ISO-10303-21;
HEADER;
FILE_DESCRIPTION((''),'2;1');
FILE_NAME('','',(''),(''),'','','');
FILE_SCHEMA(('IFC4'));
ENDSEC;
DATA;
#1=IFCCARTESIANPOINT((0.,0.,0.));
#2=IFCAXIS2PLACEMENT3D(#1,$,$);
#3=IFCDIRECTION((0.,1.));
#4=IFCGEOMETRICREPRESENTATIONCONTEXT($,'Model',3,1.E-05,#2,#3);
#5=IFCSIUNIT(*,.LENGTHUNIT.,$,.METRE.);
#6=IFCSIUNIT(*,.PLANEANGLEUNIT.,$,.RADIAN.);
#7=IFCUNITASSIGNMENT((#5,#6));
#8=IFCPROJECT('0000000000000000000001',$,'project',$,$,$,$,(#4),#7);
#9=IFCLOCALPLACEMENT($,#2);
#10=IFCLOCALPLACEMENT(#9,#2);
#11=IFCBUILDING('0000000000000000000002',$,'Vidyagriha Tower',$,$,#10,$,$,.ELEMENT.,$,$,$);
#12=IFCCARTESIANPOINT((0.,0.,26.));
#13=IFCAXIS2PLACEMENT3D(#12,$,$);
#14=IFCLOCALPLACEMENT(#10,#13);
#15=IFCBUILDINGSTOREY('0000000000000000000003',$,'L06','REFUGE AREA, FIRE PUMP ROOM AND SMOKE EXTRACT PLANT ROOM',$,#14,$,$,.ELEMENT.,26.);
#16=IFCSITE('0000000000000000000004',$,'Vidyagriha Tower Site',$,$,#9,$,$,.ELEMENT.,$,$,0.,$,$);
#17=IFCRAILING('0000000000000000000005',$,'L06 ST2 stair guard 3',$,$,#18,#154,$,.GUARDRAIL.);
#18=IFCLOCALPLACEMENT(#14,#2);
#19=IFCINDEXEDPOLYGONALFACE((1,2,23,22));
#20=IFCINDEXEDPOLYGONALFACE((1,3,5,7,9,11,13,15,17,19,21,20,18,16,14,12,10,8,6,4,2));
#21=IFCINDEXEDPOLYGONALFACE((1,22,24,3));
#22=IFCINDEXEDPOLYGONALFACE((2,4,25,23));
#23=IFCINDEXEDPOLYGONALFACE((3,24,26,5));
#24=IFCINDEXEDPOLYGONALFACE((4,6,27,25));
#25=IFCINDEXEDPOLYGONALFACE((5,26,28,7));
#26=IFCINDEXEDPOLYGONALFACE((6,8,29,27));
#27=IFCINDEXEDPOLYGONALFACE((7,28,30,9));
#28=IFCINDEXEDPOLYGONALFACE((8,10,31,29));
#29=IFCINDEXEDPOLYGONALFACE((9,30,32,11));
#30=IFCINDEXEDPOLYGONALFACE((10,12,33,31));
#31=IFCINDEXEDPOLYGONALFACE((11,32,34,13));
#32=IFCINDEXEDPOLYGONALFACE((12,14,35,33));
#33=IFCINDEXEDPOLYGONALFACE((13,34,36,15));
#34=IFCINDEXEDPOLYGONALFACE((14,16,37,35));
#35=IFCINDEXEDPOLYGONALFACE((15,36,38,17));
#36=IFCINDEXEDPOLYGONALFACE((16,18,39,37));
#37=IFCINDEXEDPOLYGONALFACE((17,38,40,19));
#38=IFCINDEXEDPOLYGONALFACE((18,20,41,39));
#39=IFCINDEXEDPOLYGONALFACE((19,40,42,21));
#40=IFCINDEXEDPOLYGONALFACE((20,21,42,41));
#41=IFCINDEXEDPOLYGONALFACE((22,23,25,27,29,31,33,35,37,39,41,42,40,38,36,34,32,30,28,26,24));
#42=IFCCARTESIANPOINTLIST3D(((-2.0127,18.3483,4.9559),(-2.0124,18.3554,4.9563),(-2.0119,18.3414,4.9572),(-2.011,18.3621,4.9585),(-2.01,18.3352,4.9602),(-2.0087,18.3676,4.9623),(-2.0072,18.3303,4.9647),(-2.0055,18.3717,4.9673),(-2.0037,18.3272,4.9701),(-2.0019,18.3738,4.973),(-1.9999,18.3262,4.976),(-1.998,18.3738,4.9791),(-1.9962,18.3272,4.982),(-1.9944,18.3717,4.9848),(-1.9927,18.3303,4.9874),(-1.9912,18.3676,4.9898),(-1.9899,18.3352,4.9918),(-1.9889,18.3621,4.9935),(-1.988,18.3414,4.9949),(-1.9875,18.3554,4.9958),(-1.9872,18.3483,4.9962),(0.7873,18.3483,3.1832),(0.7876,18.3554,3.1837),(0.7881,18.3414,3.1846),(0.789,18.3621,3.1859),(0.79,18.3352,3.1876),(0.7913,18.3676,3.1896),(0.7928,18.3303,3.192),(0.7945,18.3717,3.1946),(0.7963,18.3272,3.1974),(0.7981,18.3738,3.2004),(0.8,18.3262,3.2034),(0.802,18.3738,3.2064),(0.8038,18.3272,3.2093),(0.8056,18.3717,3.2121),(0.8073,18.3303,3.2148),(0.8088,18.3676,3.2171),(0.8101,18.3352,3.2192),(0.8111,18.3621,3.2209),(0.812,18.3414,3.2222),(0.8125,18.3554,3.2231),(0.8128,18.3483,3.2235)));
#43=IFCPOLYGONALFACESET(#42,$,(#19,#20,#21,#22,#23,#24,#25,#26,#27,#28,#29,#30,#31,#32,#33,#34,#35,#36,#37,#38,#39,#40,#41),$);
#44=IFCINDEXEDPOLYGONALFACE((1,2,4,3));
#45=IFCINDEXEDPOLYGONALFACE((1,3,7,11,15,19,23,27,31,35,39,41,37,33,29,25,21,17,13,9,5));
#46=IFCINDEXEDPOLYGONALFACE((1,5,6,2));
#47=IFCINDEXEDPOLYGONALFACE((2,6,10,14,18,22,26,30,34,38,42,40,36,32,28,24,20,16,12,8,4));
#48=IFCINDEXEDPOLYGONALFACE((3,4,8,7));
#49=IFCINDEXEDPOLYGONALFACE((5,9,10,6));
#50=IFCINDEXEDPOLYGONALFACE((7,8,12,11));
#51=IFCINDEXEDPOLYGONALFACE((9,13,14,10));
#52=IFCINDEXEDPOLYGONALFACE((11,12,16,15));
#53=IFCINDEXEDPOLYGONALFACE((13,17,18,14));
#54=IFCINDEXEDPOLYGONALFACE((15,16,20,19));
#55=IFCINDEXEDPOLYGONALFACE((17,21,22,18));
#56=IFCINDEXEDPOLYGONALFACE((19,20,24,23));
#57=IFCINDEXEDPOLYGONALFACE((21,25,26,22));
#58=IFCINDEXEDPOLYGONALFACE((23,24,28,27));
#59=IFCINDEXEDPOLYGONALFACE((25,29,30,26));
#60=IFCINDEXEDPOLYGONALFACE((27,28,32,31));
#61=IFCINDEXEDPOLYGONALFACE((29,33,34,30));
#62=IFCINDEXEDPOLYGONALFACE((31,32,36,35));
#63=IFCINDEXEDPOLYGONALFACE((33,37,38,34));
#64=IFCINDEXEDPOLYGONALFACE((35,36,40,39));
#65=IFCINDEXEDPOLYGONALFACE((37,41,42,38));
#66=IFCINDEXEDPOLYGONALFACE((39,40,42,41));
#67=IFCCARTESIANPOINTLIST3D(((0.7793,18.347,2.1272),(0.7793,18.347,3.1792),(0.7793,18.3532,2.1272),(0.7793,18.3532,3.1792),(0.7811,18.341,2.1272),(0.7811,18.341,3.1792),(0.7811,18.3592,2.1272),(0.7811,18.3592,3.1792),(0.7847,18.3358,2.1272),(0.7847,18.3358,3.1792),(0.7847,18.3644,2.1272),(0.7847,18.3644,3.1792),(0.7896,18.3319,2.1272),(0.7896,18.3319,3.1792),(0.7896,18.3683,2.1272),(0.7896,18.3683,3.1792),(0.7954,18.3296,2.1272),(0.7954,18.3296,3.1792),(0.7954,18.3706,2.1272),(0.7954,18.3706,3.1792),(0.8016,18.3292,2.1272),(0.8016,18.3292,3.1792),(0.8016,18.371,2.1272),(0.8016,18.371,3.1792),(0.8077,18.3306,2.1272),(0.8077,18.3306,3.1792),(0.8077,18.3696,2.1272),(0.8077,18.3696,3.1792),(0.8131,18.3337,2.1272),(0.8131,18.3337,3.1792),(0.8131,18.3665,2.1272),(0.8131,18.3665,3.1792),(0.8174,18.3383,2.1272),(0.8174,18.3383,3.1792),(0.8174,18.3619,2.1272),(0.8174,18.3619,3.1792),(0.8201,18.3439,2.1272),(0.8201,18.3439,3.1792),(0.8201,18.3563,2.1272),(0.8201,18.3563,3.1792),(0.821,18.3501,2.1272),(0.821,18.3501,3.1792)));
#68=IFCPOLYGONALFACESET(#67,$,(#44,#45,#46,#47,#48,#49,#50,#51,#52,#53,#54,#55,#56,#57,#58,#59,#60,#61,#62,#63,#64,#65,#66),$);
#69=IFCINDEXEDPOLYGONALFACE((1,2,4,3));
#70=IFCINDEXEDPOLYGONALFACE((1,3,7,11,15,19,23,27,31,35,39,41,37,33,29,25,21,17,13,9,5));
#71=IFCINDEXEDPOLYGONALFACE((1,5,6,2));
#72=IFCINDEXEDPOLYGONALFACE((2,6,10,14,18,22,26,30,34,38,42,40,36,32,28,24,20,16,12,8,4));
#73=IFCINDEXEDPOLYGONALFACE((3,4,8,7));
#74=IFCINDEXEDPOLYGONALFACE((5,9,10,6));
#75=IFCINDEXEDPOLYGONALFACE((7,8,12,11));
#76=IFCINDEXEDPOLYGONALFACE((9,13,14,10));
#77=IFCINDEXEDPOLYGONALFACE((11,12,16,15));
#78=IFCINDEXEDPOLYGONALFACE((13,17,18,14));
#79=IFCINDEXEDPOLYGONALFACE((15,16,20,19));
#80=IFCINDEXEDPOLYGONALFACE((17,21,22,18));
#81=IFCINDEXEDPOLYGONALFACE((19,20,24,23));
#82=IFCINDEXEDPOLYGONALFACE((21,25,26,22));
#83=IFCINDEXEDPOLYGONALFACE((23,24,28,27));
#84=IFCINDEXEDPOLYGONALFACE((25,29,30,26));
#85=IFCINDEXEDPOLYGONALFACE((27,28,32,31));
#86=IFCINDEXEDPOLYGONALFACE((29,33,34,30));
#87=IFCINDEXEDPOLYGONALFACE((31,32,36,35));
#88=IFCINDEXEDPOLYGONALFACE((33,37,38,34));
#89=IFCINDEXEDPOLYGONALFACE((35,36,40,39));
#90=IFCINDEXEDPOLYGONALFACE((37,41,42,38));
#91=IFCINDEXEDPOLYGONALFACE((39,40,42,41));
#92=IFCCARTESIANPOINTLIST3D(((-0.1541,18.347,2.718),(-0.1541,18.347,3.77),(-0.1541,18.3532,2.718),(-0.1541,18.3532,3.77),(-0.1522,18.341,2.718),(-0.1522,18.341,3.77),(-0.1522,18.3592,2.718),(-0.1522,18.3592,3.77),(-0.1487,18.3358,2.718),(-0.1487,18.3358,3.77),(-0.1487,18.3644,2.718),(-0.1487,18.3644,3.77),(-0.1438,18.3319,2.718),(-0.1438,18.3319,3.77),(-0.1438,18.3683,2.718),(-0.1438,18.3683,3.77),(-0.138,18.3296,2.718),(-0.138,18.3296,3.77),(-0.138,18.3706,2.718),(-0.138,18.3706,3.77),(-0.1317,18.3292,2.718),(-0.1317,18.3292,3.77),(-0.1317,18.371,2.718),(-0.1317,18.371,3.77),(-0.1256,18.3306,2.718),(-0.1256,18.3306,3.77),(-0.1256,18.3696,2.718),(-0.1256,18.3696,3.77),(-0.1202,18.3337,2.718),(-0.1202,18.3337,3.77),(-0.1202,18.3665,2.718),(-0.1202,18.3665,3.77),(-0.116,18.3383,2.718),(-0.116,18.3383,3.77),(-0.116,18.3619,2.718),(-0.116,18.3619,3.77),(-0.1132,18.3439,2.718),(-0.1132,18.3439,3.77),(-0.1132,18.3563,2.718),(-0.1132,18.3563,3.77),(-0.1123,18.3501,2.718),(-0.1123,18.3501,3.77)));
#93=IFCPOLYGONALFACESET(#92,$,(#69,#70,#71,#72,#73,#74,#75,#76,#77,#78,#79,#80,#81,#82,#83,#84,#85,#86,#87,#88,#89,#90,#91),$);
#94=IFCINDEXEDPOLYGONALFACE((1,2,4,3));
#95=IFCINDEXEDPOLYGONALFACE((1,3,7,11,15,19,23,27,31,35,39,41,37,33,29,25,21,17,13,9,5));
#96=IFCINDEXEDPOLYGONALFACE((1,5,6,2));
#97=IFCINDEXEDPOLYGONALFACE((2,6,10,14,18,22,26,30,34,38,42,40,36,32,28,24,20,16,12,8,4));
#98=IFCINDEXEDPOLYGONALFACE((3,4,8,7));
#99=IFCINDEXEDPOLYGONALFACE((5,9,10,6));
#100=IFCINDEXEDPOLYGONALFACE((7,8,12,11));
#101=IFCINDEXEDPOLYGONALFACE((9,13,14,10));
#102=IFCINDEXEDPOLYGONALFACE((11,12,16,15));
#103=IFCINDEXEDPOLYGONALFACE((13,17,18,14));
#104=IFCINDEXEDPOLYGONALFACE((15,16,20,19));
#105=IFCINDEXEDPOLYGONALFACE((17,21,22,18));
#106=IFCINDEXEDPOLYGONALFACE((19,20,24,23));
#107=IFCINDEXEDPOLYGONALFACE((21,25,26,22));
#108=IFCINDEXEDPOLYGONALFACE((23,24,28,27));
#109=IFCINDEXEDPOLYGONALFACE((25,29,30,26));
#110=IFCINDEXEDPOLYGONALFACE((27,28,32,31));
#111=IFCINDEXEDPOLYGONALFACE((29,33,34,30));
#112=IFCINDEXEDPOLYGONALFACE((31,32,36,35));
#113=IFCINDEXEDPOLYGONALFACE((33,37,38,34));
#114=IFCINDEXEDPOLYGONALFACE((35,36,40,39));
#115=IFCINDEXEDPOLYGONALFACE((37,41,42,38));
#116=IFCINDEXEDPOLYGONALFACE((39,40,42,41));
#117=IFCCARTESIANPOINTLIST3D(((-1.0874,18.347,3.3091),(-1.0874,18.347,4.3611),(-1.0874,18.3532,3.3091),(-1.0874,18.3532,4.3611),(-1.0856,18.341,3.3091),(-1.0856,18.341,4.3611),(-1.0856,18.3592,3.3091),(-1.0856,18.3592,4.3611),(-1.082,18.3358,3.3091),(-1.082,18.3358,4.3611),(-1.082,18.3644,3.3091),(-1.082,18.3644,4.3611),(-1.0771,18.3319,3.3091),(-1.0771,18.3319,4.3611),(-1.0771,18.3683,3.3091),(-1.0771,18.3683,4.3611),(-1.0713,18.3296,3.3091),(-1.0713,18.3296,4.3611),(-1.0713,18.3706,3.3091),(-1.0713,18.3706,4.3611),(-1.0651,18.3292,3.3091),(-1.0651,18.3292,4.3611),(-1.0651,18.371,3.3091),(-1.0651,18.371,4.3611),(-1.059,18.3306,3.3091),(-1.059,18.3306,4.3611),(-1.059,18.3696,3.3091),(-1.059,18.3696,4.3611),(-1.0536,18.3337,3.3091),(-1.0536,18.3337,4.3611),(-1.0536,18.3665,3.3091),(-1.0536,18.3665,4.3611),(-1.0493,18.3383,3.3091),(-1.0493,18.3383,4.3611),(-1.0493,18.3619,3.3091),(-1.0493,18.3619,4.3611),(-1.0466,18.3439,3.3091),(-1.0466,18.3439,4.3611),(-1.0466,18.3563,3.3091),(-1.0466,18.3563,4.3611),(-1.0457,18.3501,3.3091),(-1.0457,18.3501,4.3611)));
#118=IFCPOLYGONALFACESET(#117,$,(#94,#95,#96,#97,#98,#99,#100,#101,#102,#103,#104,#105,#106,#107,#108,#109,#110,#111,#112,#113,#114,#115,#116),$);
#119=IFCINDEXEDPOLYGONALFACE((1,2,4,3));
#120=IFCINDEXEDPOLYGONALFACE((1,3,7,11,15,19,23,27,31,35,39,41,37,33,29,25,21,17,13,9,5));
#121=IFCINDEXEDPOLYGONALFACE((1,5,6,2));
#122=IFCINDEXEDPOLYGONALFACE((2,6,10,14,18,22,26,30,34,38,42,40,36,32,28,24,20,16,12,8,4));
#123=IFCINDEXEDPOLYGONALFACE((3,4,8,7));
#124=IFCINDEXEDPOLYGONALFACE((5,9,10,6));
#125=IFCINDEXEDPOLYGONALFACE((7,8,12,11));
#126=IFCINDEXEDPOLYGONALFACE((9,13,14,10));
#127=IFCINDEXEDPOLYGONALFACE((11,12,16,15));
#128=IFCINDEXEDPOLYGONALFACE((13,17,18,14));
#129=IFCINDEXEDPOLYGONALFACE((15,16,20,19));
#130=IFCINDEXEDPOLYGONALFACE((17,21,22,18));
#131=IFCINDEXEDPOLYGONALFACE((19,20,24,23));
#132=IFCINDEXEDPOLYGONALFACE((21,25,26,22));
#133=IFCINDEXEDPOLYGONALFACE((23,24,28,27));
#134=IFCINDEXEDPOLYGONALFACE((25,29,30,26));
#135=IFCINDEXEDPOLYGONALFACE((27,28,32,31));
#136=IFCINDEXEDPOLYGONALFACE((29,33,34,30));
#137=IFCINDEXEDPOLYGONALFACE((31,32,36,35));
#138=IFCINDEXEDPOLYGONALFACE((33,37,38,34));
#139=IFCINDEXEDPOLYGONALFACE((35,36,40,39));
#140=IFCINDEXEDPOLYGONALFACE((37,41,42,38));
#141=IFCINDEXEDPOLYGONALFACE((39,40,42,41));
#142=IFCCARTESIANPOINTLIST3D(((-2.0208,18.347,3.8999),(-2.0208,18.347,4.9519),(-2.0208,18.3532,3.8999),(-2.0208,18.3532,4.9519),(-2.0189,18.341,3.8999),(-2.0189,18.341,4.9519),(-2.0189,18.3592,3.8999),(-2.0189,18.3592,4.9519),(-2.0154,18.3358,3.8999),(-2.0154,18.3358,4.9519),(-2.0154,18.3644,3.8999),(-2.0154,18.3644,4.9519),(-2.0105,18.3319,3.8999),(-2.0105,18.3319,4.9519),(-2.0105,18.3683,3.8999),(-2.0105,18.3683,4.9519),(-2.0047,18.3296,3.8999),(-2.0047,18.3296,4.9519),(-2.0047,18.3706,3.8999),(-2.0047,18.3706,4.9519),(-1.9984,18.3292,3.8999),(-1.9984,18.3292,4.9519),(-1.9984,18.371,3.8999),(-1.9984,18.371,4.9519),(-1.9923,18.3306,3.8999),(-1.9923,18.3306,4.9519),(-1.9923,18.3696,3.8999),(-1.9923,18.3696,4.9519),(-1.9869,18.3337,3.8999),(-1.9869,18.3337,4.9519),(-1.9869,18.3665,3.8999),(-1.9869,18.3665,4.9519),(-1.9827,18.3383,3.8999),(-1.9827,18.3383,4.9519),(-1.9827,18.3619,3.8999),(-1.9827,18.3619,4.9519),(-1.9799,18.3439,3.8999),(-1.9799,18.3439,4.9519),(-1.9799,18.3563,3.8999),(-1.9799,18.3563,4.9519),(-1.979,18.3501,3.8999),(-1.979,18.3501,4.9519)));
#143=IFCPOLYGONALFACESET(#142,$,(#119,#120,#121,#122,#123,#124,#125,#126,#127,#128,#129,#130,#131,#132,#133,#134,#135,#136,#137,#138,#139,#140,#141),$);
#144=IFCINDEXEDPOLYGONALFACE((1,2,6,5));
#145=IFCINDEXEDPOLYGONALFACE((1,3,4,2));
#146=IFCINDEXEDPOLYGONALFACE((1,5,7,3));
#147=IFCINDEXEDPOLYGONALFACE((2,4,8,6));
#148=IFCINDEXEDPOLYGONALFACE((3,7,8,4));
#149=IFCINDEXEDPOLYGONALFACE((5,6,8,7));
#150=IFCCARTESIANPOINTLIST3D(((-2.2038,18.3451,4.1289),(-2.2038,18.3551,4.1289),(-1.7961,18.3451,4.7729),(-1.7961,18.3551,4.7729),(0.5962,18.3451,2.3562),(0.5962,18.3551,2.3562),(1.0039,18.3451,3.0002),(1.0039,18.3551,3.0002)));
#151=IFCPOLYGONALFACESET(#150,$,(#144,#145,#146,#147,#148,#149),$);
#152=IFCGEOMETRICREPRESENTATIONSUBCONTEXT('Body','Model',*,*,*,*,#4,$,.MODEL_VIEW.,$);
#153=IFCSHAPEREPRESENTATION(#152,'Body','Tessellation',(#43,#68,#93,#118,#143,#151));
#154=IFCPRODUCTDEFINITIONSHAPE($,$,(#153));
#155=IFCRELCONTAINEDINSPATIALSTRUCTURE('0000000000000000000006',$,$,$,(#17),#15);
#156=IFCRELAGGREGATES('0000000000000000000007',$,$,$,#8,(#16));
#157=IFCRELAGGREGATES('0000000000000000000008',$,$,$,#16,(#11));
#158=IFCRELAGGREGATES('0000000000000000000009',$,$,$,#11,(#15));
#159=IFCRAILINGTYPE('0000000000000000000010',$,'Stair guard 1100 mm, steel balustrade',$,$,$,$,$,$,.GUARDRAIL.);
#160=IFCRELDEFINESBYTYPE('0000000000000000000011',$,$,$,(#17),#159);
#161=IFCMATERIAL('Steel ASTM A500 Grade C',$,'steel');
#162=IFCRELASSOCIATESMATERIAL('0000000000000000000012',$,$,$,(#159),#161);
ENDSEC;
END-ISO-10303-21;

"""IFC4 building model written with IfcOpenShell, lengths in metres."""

from ifc_helpers import new_model, si_unit, direction, frame, origin, origin_2d, place, context, subcontext, project, spatial, rectangle, circle, extrude, material, type_object, element, save


model = new_model("IFC4")

# Units and contexts
model_context = context("Model", 3, precision=1e-05, world=origin(), true_north=direction((0.0, 1.0)))
body_context = subcontext(model_context, "Body", "Model", "MODEL_VIEW")
ifc_project = project(units=[si_unit("LENGTHUNIT", "METRE"), si_unit("PLANEANGLEUNIT", "RADIAN")], contexts=[model_context])

# Site, building, storey
site_placement = place(None, origin())
site = spatial("IfcSite", under=ifc_project, at=site_placement, Name="Vidyagriha Tower Site", CompositionType="ELEMENT", RefElevation=0.0)
building_placement = place(site_placement, origin())
building = spatial("IfcBuilding", under=site, at=building_placement, Name="Vidyagriha Tower", CompositionType="ELEMENT")
storey_placement = place(building_placement, frame((0.0, 0.0, 26.0)))
storey = spatial("IfcBuildingStorey", under=building, at=storey_placement, Name="L06", Description="REFUGE AREA, FIRE PUMP ROOM AND SMOKE EXTRACT PLANT ROOM", CompositionType="ELEMENT", Elevation=26.0)

# Railing
ifc_material_1 = material(Name="Steel ASTM A500 Grade C", Category="steel")
railing_type_1 = type_object("IfcRailingType", Name="Stair guard 1100 mm, steel balustrade", PredefinedType="GUARDRAIL", material=ifc_material_1)
railing_1_placement = place(storey_placement, frame((0.8, 18.3501, 2.1272)))
element("IfcRailing", 1, at=railing_1_placement, inside=storey, type_object=railing_type_1, Name="L06 ST2 stair guard 3", PredefinedType="GUARDRAIL", context=body_context, shape_type="SweptSolid", body=[
    extrude(circle(Radius=0.0239, at=origin_2d()), frame((0.0, 0.0, 1.0762), z_axis=(-0.844909, 0.0, 0.53491), x_axis=(0.0, -1.0, 0.0)), (0.0, 0.0, 1.0), 3.314),
    extrude(circle(Radius=0.021, at=origin_2d()), origin(), (0.0, 0.0, 1.0), 1.052),
    extrude(circle(Radius=0.021, at=origin_2d()), frame((-0.9333, 0.0, 0.5908)), (0.0, 0.0, 1.0), 1.052),
    extrude(circle(Radius=0.021, at=origin_2d()), frame((-1.8667, 0.0, 1.1819)), (0.0, 0.0, 1.0), 1.052),
    extrude(circle(Radius=0.021, at=origin_2d()), frame((-2.8, 0.0, 1.7727)), (0.0, 0.0, 1.0), 1.052),
    extrude(rectangle(XDim=0.01, YDim=0.7622, at=origin_2d()), frame((0.0, 0.0, 0.551), z_axis=(-0.844909, 0.0, 0.53491), x_axis=(0.0, -1.0, 0.0)), (0.0, 0.0, 1.0), 3.314),
])

save(model, "model.ifc")
